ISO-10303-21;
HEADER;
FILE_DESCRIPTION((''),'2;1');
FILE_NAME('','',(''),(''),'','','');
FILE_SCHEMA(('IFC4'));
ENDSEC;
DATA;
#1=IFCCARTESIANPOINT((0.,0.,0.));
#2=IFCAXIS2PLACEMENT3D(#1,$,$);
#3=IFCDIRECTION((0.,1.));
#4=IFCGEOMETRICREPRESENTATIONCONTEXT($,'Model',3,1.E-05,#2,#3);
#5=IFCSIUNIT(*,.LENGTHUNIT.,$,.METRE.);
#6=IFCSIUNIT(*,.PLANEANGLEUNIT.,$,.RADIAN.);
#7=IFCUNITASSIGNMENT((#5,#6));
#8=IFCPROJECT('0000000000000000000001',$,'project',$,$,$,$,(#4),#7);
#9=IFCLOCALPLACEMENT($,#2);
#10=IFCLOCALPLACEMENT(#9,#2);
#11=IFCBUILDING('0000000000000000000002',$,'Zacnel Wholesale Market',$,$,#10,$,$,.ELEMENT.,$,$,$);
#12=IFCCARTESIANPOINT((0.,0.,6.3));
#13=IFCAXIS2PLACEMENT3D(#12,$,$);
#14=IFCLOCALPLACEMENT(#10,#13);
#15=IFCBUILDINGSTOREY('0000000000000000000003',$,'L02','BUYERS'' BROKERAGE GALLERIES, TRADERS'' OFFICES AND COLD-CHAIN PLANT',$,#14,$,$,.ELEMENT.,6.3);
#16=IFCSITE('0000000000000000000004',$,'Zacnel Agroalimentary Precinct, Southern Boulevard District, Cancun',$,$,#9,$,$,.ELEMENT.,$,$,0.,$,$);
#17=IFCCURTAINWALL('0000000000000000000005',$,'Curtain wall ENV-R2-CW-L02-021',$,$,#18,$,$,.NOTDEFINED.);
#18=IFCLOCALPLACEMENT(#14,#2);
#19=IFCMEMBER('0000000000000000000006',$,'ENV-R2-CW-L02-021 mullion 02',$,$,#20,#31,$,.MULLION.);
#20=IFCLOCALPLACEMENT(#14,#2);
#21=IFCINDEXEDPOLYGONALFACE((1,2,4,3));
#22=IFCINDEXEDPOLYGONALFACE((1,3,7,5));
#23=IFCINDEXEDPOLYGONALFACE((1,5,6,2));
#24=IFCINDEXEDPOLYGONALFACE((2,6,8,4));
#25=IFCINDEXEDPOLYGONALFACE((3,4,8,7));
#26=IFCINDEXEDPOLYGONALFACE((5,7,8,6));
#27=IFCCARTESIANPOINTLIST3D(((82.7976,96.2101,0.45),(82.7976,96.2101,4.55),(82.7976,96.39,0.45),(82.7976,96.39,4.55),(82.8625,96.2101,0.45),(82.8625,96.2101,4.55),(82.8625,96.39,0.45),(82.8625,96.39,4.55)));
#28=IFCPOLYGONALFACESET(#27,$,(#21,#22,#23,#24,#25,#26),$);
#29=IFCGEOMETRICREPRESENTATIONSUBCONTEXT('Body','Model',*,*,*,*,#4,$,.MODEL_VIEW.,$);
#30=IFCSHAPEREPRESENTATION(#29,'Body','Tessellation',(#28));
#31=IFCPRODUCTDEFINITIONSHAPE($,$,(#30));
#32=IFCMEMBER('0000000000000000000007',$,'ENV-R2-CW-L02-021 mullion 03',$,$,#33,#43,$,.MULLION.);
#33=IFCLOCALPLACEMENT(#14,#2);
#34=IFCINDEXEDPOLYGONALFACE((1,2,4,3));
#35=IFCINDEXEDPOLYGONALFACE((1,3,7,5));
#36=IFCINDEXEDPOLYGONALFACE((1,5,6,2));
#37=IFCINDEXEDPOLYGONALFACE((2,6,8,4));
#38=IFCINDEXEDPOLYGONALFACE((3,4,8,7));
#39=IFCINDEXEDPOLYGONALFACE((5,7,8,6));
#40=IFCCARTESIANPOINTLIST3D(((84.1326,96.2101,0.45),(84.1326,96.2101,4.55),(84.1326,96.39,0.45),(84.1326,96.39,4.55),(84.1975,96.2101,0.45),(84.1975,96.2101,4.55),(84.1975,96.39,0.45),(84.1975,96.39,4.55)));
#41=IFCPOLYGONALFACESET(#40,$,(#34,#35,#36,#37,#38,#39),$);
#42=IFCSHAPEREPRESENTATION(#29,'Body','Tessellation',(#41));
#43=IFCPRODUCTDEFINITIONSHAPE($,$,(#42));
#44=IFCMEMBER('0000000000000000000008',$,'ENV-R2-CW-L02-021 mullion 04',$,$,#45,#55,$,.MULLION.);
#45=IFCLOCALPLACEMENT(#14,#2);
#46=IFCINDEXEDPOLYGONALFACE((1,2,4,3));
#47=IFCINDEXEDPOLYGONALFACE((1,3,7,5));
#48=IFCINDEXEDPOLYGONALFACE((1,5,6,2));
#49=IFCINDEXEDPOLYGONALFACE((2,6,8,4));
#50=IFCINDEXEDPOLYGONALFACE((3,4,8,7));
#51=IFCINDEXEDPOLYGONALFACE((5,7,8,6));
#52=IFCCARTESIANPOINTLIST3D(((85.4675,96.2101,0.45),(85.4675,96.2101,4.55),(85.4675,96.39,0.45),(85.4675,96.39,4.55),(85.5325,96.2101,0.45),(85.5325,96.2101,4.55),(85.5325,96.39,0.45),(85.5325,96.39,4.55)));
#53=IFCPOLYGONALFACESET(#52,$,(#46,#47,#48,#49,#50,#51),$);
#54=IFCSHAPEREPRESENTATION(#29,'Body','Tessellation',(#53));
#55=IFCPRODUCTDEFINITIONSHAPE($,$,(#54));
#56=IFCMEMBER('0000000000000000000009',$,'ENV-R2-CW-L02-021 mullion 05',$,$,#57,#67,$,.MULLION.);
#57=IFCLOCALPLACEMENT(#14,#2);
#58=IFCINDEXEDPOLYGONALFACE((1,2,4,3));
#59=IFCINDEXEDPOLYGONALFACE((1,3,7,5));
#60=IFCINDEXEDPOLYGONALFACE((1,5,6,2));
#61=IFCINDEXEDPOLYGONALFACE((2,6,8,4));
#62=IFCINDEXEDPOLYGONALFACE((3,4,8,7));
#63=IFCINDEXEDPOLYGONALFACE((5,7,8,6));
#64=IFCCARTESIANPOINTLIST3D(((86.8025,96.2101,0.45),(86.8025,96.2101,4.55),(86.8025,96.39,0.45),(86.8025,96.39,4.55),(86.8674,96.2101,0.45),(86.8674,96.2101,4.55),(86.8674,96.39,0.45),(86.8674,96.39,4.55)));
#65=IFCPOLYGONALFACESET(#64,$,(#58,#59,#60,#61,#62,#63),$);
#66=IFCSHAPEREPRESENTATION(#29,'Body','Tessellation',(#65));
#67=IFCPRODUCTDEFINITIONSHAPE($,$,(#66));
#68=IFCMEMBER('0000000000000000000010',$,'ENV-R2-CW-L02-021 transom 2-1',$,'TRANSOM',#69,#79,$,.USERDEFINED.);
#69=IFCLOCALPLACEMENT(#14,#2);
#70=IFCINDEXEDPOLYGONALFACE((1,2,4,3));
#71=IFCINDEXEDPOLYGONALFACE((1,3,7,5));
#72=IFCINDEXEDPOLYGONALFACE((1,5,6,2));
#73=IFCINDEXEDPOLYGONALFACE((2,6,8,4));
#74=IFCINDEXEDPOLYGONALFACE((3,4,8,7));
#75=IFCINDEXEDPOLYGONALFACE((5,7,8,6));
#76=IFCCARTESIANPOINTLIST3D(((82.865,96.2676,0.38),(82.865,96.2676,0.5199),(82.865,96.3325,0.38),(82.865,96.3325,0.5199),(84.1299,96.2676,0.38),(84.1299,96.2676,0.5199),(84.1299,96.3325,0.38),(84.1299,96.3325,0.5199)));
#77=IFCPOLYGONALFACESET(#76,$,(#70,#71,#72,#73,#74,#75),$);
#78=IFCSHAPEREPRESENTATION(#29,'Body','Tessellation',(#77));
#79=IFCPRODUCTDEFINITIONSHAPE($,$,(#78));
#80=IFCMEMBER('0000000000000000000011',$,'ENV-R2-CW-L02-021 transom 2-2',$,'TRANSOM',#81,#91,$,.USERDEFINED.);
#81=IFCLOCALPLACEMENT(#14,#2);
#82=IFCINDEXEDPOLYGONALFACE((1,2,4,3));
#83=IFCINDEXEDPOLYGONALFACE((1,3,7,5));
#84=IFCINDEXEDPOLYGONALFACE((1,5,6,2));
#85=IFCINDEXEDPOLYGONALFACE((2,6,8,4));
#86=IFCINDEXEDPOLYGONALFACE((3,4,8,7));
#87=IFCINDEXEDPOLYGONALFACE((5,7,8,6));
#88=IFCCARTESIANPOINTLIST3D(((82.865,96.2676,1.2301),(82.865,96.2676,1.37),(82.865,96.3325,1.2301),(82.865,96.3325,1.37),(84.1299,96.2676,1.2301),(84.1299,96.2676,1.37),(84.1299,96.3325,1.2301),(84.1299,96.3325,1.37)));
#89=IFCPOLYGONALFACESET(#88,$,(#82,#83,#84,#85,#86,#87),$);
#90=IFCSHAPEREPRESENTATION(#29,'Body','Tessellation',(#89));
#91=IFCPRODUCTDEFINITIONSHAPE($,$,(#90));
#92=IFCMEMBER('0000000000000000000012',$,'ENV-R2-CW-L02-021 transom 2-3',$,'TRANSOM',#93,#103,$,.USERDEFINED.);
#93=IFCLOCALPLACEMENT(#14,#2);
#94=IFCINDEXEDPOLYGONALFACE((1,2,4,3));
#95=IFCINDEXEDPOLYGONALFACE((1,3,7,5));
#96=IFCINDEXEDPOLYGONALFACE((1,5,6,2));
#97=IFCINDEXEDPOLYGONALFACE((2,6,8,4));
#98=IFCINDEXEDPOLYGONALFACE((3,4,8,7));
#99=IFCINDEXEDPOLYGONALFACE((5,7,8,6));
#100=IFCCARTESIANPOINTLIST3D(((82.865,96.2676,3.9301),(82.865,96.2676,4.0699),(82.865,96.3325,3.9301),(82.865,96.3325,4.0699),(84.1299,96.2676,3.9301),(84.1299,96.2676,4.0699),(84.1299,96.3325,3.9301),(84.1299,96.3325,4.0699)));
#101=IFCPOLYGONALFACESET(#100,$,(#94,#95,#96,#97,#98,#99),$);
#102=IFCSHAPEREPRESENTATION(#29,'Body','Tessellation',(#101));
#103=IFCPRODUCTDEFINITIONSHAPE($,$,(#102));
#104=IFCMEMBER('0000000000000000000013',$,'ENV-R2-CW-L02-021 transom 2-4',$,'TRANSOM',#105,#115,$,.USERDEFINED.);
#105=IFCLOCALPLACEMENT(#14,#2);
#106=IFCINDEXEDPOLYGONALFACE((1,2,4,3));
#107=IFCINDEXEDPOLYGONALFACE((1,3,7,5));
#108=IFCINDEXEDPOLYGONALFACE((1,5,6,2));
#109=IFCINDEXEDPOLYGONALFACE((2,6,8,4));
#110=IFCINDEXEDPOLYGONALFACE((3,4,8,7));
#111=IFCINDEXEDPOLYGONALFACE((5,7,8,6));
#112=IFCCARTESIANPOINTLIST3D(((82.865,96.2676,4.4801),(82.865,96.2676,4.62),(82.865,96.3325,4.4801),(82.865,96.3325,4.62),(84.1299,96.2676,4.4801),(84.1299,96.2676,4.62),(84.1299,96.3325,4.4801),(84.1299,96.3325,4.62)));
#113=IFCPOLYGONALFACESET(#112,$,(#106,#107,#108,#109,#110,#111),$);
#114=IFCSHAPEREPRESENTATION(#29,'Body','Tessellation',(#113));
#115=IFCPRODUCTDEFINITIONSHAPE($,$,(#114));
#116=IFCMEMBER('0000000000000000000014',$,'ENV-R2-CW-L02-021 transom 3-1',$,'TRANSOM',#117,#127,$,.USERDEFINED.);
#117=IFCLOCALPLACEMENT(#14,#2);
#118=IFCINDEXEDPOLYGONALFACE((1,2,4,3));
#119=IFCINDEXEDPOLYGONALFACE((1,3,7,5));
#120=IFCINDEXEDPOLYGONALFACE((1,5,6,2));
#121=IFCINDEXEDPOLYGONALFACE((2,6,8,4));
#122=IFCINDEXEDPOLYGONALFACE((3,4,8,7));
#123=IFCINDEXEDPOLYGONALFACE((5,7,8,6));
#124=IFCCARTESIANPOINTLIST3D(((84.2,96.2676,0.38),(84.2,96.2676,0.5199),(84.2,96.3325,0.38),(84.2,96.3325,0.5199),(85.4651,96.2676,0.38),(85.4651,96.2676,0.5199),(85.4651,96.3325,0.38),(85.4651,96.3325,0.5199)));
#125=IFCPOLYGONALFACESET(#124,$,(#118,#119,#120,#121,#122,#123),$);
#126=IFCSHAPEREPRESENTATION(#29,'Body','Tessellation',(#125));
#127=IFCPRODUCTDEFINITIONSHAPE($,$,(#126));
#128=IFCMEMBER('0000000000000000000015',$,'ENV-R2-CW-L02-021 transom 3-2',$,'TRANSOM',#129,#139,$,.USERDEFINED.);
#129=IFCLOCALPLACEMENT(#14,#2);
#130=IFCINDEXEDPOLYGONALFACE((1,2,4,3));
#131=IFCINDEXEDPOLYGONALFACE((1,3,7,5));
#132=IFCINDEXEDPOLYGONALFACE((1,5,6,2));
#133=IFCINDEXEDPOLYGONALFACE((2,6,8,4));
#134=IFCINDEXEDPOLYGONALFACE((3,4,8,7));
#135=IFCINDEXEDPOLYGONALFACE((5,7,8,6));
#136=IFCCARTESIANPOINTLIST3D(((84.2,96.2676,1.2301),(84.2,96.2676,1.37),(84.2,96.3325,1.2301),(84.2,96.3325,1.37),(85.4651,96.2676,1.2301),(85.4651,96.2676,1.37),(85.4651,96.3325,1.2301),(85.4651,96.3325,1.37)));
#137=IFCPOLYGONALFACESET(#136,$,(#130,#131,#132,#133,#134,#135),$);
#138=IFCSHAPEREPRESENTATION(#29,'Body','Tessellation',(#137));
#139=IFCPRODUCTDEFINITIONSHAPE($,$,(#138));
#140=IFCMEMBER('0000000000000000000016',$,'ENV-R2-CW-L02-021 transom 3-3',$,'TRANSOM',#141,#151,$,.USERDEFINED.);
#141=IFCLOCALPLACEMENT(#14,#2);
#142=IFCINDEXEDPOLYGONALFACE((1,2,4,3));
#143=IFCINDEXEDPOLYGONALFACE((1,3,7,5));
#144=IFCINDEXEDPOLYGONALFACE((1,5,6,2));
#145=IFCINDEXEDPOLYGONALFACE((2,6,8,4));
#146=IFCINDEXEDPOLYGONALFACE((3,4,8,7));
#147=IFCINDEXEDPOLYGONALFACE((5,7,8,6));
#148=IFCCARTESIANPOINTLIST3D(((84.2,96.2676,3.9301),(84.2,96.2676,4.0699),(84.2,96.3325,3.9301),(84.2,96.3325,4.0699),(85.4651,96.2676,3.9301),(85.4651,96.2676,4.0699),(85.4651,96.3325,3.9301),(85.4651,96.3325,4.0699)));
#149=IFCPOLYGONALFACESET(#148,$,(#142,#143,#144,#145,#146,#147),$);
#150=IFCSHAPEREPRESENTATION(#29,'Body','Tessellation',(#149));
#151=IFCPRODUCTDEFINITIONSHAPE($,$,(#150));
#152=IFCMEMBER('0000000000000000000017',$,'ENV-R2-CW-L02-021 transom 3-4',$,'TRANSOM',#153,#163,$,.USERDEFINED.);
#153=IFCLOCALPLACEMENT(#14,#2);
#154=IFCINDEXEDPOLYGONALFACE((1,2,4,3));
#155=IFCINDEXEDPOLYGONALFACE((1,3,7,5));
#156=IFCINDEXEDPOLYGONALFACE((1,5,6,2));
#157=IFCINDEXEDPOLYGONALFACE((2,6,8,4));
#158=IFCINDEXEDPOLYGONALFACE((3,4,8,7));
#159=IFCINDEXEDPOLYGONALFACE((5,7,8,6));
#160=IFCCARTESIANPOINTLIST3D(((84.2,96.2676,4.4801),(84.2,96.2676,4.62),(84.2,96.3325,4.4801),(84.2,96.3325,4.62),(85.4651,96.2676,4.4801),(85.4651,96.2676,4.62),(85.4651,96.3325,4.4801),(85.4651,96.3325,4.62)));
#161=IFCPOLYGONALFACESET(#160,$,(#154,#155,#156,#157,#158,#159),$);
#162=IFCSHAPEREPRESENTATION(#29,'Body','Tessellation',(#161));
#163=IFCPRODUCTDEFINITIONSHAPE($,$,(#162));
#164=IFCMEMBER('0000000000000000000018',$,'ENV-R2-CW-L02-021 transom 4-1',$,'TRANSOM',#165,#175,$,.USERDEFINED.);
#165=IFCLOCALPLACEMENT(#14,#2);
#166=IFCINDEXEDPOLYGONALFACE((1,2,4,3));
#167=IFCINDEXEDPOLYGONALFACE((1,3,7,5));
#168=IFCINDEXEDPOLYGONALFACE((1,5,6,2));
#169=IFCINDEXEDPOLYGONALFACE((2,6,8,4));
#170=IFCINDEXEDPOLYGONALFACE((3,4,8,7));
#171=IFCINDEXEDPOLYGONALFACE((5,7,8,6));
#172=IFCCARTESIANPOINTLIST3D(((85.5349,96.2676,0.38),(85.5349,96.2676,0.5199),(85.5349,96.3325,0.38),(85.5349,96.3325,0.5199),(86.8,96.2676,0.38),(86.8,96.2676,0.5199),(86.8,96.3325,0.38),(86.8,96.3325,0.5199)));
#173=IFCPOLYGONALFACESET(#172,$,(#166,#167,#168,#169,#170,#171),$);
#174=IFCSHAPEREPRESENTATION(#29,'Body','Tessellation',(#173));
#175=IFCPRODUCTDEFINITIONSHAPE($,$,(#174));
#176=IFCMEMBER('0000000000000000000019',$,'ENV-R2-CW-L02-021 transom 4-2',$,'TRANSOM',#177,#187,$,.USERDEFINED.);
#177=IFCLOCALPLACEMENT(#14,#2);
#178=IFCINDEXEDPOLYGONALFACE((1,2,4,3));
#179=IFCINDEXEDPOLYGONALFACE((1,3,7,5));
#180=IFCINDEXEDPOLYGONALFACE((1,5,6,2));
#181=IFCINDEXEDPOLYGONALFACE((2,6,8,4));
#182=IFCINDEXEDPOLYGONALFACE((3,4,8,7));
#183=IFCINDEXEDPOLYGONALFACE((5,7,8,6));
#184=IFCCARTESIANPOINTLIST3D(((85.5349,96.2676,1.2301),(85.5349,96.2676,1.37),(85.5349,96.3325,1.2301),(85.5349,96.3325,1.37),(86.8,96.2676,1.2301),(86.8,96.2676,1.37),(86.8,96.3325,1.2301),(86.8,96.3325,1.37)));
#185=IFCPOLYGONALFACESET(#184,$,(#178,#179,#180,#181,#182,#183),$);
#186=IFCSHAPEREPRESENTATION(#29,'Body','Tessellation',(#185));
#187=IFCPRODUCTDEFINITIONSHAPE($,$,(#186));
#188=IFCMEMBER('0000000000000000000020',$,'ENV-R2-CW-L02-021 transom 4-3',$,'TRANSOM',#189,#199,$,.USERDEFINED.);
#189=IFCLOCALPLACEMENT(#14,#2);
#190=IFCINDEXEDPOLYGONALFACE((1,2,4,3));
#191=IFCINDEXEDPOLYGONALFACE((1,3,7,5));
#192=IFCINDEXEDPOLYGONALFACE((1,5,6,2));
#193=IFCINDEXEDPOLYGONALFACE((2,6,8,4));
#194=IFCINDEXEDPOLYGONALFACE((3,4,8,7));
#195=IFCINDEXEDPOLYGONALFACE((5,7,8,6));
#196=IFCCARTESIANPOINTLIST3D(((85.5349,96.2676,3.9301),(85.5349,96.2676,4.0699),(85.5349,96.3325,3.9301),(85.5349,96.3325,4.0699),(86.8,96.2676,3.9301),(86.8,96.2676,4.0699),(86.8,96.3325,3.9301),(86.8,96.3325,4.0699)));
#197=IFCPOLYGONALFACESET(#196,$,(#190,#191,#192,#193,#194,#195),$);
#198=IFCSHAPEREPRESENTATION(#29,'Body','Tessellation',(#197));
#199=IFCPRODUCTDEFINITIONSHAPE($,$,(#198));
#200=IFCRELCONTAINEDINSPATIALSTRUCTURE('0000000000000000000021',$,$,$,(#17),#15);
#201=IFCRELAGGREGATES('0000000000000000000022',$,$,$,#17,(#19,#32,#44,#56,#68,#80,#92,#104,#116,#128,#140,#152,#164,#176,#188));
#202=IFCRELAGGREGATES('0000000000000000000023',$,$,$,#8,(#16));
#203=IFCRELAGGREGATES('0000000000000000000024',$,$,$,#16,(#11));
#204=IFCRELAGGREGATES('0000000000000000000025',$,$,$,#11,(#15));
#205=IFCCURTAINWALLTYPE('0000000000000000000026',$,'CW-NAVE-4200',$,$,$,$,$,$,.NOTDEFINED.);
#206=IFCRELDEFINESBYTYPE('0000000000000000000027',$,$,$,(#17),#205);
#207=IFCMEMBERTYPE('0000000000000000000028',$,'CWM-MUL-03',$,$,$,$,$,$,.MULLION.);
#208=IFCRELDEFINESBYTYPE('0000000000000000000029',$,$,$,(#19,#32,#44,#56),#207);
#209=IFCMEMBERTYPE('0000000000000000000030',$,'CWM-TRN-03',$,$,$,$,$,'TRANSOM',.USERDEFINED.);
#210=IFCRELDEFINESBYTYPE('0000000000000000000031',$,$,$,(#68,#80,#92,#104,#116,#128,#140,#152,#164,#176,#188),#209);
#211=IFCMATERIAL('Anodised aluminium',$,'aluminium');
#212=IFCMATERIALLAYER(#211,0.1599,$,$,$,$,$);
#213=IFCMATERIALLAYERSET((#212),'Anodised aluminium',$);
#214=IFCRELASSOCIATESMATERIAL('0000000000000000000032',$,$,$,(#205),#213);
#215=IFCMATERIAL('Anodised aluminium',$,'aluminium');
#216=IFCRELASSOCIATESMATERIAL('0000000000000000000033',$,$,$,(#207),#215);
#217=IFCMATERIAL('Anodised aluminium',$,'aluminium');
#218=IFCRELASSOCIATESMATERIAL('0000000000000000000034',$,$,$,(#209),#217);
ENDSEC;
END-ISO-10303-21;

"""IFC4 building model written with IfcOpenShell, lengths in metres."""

from ifc_helpers import new_model, si_unit, direction, frame, origin, origin_2d, place, context, subcontext, project, spatial, rectangle, extrude, material, layer, layer_set, material_profile, profile_set, type_object, element, aggregate, save


model = new_model("IFC4")

# Units and contexts
model_context = context("Model", 3, precision=1e-05, world=origin(), true_north=direction((0.0, 1.0)))
body_context = subcontext(model_context, "Body", "Model", "MODEL_VIEW")
ifc_project = project(units=[si_unit("LENGTHUNIT", "METRE"), si_unit("PLANEANGLEUNIT", "RADIAN")], contexts=[model_context])

# Site, building, storey
site_placement = place(None, origin())
site = spatial("IfcSite", under=ifc_project, at=site_placement, Name="Zacnel Agroalimentary Precinct, Southern Boulevard District, Cancun", CompositionType="ELEMENT", RefElevation=0.0)
building_placement = place(site_placement, origin())
building = spatial("IfcBuilding", under=site, at=building_placement, Name="Zacnel Wholesale Market", CompositionType="ELEMENT")
storey_placement = place(building_placement, frame((0.0, 0.0, 6.3)))
storey = spatial("IfcBuildingStorey", under=building, at=storey_placement, Name="L02", Description="BUYERS' BROKERAGE GALLERIES, TRADERS' OFFICES AND COLD-CHAIN PLANT", CompositionType="ELEMENT", Elevation=6.3)

# Curtain wall, members
ifc_material_1 = material(Name="Anodised aluminium", Category="aluminium")
ifc_layer_1 = layer(ifc_material_1, 0.1599)
ifc_layer_set_1 = layer_set([ifc_layer_1], Name="Anodised aluminium")
curtain_wall_type = type_object("IfcCurtainWallType", Name="CW-NAVE-4200", PredefinedType="NOTDEFINED", material=ifc_layer_set_1)
curtain_wall_placement = place(storey_placement, origin())
curtain_wall = element("IfcCurtainWall", 1, at=curtain_wall_placement, inside=storey, type_object=curtain_wall_type, Name="Curtain wall ENV-R2-CW-L02-021", PredefinedType="NOTDEFINED")
ifc_material_2 = material(Name="Anodised aluminium", Category="aluminium")
ifc_material_profile_1 = material_profile(ifc_material_2, rectangle(XDim=0.0649, YDim=0.1799, at=origin_2d()), Name="AW-MULLION 65x180")
ifc_profile_set_1 = profile_set([ifc_material_profile_1], Name="Anodised aluminium")
member_type_1 = type_object("IfcMemberType", Name="CWM-MUL-03", PredefinedType="MULLION", material=ifc_profile_set_1)
member_1_placement = place(storey_placement, frame((82.8301, 96.3, 0.45), z_axis=(0.0, 0.0, 1.0), x_axis=(1.0, 0.0, 0.0)))
member_1 = element("IfcMember", 2, at=member_1_placement, type_object=member_type_1, Name="ENV-R2-CW-L02-021 mullion 02", PredefinedType="MULLION", context=body_context, shape_type="SweptSolid", body=[
    extrude(rectangle(XDim=0.0649, YDim=0.1799, at=origin_2d()), origin(), (0.0, 0.0, 1.0), 4.1001),
])
member_2_placement = place(storey_placement, frame((84.165, 96.3, 0.45), z_axis=(0.0, 0.0, 1.0), x_axis=(1.0, 0.0, 0.0)))
member_2 = element("IfcMember", 3, at=member_2_placement, type_object=member_type_1, Name="ENV-R2-CW-L02-021 mullion 03", PredefinedType="MULLION", context=body_context, shape_type="SweptSolid", body=[
    extrude(rectangle(XDim=0.0649, YDim=0.1799, at=origin_2d()), origin(), (0.0, 0.0, 1.0), 4.1001),
])
member_3_placement = place(storey_placement, frame((85.5, 96.3, 0.45), z_axis=(0.0, 0.0, 1.0), x_axis=(1.0, 0.0, 0.0)))
member_3 = element("IfcMember", 4, at=member_3_placement, type_object=member_type_1, Name="ENV-R2-CW-L02-021 mullion 04", PredefinedType="MULLION", context=body_context, shape_type="SweptSolid", body=[
    extrude(rectangle(XDim=0.0649, YDim=0.1799, at=origin_2d()), origin(), (0.0, 0.0, 1.0), 4.1001),
])
member_4_placement = place(storey_placement, frame((86.835, 96.3, 0.45), z_axis=(0.0, 0.0, 1.0), x_axis=(1.0, 0.0, 0.0)))
member_4 = element("IfcMember", 5, at=member_4_placement, type_object=member_type_1, Name="ENV-R2-CW-L02-021 mullion 05", PredefinedType="MULLION", context=body_context, shape_type="SweptSolid", body=[
    extrude(rectangle(XDim=0.0649, YDim=0.1799, at=origin_2d()), origin(), (0.0, 0.0, 1.0), 4.1001),
])
ifc_material_3 = material(Name="Anodised aluminium", Category="aluminium")
ifc_material_profile_2 = material_profile(ifc_material_3, rectangle(XDim=0.0649, YDim=0.1399, at=origin_2d()), Name="AW-TRANSOM 65x140")
ifc_profile_set_2 = profile_set([ifc_material_profile_2], Name="Anodised aluminium")
member_type_2 = type_object("IfcMemberType", Name="CWM-TRN-03", ElementType="TRANSOM", PredefinedType="USERDEFINED", material=ifc_profile_set_2)
member_5_placement = place(storey_placement, frame((82.865, 96.3, 0.45), z_axis=(1.0, 0.0, 0.0), x_axis=(0.0, 1.0, 0.0)))
member_5 = element("IfcMember", 6, at=member_5_placement, type_object=member_type_2, Name="ENV-R2-CW-L02-021 transom 2-1", ObjectType="TRANSOM", PredefinedType="USERDEFINED", context=body_context, shape_type="SweptSolid", body=[
    extrude(rectangle(XDim=0.0649, YDim=0.1399, at=origin_2d()), origin(), (0.0, 0.0, 1.0), 1.2649),
])
member_6_placement = place(storey_placement, frame((82.865, 96.3, 1.3), z_axis=(1.0, 0.0, 0.0), x_axis=(0.0, 1.0, 0.0)))
member_6 = element("IfcMember", 7, at=member_6_placement, type_object=member_type_2, Name="ENV-R2-CW-L02-021 transom 2-2", ObjectType="TRANSOM", PredefinedType="USERDEFINED", context=body_context, shape_type="SweptSolid", body=[
    extrude(rectangle(XDim=0.0649, YDim=0.1399, at=origin_2d()), origin(), (0.0, 0.0, 1.0), 1.2649),
])
member_7_placement = place(storey_placement, frame((82.865, 96.3, 4.0), z_axis=(1.0, 0.0, 0.0), x_axis=(0.0, 1.0, 0.0)))
member_7 = element("IfcMember", 8, at=member_7_placement, type_object=member_type_2, Name="ENV-R2-CW-L02-021 transom 2-3", ObjectType="TRANSOM", PredefinedType="USERDEFINED", context=body_context, shape_type="SweptSolid", body=[
    extrude(rectangle(XDim=0.0649, YDim=0.1399, at=origin_2d()), origin(), (0.0, 0.0, 1.0), 1.2649),
])
member_8_placement = place(storey_placement, frame((82.865, 96.3, 4.55), z_axis=(1.0, 0.0, 0.0), x_axis=(0.0, 1.0, 0.0)))
member_8 = element("IfcMember", 9, at=member_8_placement, type_object=member_type_2, Name="ENV-R2-CW-L02-021 transom 2-4", ObjectType="TRANSOM", PredefinedType="USERDEFINED", context=body_context, shape_type="SweptSolid", body=[
    extrude(rectangle(XDim=0.0649, YDim=0.1399, at=origin_2d()), origin(), (0.0, 0.0, 1.0), 1.2649),
])
member_9_placement = place(storey_placement, frame((84.2, 96.3, 0.45), z_axis=(1.0, 0.0, 0.0), x_axis=(0.0, 1.0, 0.0)))
member_9 = element("IfcMember", 10, at=member_9_placement, type_object=member_type_2, Name="ENV-R2-CW-L02-021 transom 3-1", ObjectType="TRANSOM", PredefinedType="USERDEFINED", context=body_context, shape_type="SweptSolid", body=[
    extrude(rectangle(XDim=0.0649, YDim=0.1399, at=origin_2d()), origin(), (0.0, 0.0, 1.0), 1.2651),
])
member_10_placement = place(storey_placement, frame((84.2, 96.3, 1.3), z_axis=(1.0, 0.0, 0.0), x_axis=(0.0, 1.0, 0.0)))
member_10 = element("IfcMember", 11, at=member_10_placement, type_object=member_type_2, Name="ENV-R2-CW-L02-021 transom 3-2", ObjectType="TRANSOM", PredefinedType="USERDEFINED", context=body_context, shape_type="SweptSolid", body=[
    extrude(rectangle(XDim=0.0649, YDim=0.1399, at=origin_2d()), origin(), (0.0, 0.0, 1.0), 1.2651),
])
member_11_placement = place(storey_placement, frame((84.2, 96.3, 4.0), z_axis=(1.0, 0.0, 0.0), x_axis=(0.0, 1.0, 0.0)))
member_11 = element("IfcMember", 12, at=member_11_placement, type_object=member_type_2, Name="ENV-R2-CW-L02-021 transom 3-3", ObjectType="TRANSOM", PredefinedType="USERDEFINED", context=body_context, shape_type="SweptSolid", body=[
    extrude(rectangle(XDim=0.0649, YDim=0.1399, at=origin_2d()), origin(), (0.0, 0.0, 1.0), 1.2651),
])
member_12_placement = place(storey_placement, frame((84.2, 96.3, 4.55), z_axis=(1.0, 0.0, 0.0), x_axis=(0.0, 1.0, 0.0)))
member_12 = element("IfcMember", 13, at=member_12_placement, type_object=member_type_2, Name="ENV-R2-CW-L02-021 transom 3-4", ObjectType="TRANSOM", PredefinedType="USERDEFINED", context=body_context, shape_type="SweptSolid", body=[
    extrude(rectangle(XDim=0.0649, YDim=0.1399, at=origin_2d()), origin(), (0.0, 0.0, 1.0), 1.2651),
])
member_13_placement = place(storey_placement, frame((85.5349, 96.3, 0.45), z_axis=(1.0, 0.0, 0.0), x_axis=(0.0, 1.0, 0.0)))
member_13 = element("IfcMember", 14, at=member_13_placement, type_object=member_type_2, Name="ENV-R2-CW-L02-021 transom 4-1", ObjectType="TRANSOM", PredefinedType="USERDEFINED", context=body_context, shape_type="SweptSolid", body=[
    extrude(rectangle(XDim=0.0649, YDim=0.1399, at=origin_2d()), origin(), (0.0, 0.0, 1.0), 1.2651),
])
member_14_placement = place(storey_placement, frame((85.5349, 96.3, 1.3), z_axis=(1.0, 0.0, 0.0), x_axis=(0.0, 1.0, 0.0)))
member_14 = element("IfcMember", 15, at=member_14_placement, type_object=member_type_2, Name="ENV-R2-CW-L02-021 transom 4-2", ObjectType="TRANSOM", PredefinedType="USERDEFINED", context=body_context, shape_type="SweptSolid", body=[
    extrude(rectangle(XDim=0.0649, YDim=0.1399, at=origin_2d()), origin(), (0.0, 0.0, 1.0), 1.2651),
])
member_15_placement = place(storey_placement, frame((85.5349, 96.3, 4.0), z_axis=(1.0, 0.0, 0.0), x_axis=(0.0, 1.0, 0.0)))
member_15 = element("IfcMember", 16, at=member_15_placement, type_object=member_type_2, Name="ENV-R2-CW-L02-021 transom 4-3", ObjectType="TRANSOM", PredefinedType="USERDEFINED", context=body_context, shape_type="SweptSolid", body=[
    extrude(rectangle(XDim=0.0649, YDim=0.1399, at=origin_2d()), origin(), (0.0, 0.0, 1.0), 1.2651),
])
aggregate(curtain_wall, [member_1, member_2, member_3, member_4, member_5, member_6, member_7, member_8, member_9, member_10, member_11, member_12, member_13, member_14, member_15])

save(model, "model.ifc")
